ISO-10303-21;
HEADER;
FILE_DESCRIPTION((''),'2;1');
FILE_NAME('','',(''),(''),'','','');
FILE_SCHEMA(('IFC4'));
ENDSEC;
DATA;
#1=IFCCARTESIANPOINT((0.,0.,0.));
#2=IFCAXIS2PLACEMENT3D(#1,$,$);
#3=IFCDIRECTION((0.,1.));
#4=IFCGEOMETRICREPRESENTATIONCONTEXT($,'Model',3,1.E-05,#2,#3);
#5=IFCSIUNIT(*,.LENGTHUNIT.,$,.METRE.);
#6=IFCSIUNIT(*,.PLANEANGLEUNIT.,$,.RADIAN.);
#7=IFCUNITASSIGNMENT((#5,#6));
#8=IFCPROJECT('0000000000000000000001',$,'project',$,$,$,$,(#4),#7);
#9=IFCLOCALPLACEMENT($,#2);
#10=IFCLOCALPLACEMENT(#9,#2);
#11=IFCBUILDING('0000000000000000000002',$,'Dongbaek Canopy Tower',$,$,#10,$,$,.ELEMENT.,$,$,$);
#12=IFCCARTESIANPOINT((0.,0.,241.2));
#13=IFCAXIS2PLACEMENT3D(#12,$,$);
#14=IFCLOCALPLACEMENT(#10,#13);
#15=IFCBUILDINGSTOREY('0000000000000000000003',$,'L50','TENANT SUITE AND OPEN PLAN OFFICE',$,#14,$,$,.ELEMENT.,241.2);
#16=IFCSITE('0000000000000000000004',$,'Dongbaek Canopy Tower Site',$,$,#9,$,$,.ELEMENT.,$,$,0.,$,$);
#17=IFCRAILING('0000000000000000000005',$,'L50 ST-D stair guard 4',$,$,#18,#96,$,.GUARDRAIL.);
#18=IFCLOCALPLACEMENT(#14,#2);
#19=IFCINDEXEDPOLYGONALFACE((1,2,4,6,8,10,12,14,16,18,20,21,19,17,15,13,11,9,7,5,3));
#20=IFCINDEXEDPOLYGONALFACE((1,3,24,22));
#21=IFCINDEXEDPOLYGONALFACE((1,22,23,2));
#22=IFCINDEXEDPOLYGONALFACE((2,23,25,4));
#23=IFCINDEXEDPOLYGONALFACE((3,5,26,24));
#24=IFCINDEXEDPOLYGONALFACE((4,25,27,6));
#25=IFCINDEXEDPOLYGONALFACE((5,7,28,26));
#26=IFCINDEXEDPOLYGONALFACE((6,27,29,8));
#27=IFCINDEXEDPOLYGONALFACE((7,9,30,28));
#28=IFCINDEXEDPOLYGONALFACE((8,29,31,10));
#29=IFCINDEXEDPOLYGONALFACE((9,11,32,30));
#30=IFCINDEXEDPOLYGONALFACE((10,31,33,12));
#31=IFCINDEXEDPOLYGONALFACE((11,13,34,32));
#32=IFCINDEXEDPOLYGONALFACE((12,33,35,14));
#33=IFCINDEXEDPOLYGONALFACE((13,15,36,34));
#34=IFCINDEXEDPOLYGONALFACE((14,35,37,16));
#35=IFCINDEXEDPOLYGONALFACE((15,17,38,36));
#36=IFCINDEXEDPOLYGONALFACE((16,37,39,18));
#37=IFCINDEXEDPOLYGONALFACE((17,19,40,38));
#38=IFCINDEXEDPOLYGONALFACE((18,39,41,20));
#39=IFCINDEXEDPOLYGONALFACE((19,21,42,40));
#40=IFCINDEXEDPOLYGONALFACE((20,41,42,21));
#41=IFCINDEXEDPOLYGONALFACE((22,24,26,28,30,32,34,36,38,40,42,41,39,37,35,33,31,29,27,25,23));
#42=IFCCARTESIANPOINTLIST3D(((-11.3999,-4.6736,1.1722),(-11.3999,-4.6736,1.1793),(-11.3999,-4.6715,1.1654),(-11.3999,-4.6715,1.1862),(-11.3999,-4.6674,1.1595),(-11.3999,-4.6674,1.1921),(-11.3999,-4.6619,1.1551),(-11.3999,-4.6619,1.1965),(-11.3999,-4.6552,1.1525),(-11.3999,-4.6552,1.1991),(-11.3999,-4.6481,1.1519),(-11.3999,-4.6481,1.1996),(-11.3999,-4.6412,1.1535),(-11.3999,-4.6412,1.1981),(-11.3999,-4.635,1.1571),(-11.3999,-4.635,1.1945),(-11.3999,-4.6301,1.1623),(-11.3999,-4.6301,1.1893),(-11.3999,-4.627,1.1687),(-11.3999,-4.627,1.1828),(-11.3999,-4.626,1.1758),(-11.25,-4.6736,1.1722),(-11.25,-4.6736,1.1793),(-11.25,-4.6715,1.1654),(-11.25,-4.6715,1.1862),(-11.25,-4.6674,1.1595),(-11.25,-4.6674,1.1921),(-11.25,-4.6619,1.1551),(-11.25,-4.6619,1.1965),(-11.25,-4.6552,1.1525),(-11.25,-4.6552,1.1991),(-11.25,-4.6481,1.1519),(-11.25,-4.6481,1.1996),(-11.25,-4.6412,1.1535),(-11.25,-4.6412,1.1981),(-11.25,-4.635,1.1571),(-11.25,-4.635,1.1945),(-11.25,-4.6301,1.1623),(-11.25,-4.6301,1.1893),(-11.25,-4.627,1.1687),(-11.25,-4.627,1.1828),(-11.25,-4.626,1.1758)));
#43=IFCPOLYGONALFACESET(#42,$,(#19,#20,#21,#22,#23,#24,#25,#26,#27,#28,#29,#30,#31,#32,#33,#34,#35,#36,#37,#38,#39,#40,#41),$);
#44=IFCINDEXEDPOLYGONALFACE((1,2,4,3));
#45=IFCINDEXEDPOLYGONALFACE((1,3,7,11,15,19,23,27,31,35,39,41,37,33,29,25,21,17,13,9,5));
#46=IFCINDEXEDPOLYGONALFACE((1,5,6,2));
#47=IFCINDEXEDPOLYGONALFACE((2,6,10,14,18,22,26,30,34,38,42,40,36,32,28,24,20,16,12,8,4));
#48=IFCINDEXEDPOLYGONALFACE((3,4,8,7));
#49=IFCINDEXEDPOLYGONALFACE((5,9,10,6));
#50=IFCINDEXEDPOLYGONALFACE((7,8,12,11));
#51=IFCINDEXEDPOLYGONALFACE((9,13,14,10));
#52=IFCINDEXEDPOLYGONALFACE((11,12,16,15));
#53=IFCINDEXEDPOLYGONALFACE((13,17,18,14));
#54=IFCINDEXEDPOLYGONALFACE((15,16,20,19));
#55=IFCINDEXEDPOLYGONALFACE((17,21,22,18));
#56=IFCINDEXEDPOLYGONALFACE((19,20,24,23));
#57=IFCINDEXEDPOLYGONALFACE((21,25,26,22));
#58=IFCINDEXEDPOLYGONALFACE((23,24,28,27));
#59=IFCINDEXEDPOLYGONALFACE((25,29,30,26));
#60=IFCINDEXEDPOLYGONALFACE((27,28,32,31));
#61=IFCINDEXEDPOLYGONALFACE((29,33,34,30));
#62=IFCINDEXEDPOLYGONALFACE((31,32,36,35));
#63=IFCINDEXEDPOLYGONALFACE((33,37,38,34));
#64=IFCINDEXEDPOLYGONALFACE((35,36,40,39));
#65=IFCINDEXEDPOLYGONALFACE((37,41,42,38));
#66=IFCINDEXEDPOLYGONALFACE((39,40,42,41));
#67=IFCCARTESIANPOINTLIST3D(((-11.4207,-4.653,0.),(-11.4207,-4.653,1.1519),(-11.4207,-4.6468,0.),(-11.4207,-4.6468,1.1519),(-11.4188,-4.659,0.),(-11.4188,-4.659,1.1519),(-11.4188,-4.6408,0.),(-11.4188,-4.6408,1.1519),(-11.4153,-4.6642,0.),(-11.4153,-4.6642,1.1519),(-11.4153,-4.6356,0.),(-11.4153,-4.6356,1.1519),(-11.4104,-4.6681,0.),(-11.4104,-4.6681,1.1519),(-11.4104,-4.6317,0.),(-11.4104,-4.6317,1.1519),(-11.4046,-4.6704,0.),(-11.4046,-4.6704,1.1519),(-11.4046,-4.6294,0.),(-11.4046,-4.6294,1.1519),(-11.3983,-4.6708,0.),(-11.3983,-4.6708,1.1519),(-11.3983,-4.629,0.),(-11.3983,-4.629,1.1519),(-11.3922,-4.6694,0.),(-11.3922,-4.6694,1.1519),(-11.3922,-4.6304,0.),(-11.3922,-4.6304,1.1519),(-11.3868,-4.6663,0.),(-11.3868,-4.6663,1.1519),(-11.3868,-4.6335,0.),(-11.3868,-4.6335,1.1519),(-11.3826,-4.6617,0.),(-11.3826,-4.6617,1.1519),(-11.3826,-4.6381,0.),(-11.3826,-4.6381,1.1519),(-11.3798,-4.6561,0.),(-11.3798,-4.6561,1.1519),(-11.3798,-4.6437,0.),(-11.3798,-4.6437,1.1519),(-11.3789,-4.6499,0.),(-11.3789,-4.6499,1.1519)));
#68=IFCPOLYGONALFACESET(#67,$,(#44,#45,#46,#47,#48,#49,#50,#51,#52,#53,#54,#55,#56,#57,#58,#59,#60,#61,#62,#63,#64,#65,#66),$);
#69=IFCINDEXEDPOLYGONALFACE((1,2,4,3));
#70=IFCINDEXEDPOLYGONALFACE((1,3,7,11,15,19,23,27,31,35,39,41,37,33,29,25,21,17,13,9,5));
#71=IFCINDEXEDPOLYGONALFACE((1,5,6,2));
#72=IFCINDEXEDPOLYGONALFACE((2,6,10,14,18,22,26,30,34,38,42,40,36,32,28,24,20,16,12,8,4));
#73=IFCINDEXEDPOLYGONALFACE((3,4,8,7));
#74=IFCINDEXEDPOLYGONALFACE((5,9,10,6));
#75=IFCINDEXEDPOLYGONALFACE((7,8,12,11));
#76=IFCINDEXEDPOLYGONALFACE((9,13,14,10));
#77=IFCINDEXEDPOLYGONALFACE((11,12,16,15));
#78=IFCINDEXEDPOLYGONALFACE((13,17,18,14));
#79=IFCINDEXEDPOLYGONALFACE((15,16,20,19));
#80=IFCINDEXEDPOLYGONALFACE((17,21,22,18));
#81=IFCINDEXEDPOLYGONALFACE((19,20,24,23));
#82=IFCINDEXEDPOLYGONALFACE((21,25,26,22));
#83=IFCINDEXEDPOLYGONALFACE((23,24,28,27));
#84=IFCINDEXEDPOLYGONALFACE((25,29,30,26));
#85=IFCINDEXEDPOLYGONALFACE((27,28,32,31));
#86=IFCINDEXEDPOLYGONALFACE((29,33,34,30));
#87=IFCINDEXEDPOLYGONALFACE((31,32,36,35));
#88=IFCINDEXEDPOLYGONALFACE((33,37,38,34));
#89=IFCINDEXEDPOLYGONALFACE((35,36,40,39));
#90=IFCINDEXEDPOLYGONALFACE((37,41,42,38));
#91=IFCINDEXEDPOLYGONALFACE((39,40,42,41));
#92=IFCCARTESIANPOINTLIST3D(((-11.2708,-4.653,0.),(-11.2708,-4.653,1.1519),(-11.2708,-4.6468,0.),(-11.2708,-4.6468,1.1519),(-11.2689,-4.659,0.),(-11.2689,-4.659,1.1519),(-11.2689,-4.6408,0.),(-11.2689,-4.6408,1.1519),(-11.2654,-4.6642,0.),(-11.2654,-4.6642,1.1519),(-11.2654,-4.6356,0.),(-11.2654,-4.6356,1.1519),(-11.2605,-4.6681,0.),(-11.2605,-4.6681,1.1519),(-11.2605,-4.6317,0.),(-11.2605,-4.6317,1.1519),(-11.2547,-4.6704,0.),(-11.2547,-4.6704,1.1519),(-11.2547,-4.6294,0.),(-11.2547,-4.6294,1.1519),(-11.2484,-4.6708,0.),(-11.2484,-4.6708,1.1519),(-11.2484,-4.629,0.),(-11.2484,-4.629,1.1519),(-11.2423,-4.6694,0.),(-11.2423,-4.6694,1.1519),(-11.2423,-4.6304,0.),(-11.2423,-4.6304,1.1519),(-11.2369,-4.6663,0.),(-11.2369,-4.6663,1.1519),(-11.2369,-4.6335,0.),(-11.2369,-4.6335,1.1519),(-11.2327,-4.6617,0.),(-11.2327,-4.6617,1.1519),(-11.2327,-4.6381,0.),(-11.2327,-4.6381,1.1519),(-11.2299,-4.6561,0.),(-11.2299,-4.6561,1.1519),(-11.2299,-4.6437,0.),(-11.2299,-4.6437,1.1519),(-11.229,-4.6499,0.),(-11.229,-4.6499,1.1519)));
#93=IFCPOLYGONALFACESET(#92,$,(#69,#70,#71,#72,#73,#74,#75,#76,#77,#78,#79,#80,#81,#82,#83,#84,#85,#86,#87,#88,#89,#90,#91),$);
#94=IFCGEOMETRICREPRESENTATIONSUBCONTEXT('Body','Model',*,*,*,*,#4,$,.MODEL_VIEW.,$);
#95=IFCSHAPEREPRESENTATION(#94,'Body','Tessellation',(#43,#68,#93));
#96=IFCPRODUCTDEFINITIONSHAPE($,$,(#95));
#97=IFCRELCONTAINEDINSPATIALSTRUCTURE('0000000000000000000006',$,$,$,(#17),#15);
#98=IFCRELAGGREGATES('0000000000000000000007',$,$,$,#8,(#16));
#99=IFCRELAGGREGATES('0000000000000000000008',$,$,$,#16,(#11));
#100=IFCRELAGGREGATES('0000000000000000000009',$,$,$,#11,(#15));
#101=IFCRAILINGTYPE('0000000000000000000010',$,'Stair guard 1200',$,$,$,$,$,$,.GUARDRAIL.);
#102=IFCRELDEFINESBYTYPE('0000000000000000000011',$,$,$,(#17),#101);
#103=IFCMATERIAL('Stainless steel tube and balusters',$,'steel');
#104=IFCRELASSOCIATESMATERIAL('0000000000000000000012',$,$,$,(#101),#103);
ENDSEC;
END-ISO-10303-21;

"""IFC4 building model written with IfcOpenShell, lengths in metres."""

from ifc_helpers import new_model, si_unit, direction, frame, origin, origin_2d, place, context, subcontext, project, spatial, circle, extrude, material, type_object, element, save


model = new_model("IFC4")

# Units and contexts
model_context = context("Model", 3, precision=1e-05, world=origin(), true_north=direction((0.0, 1.0)))
body_context = subcontext(model_context, "Body", "Model", "MODEL_VIEW")
ifc_project = project(units=[si_unit("LENGTHUNIT", "METRE"), si_unit("PLANEANGLEUNIT", "RADIAN")], contexts=[model_context])

# Site, building, storey
site_placement = place(None, origin())
site = spatial("IfcSite", under=ifc_project, at=site_placement, Name="Dongbaek Canopy Tower Site", CompositionType="ELEMENT", RefElevation=0.0)
building_placement = place(site_placement, origin())
building = spatial("IfcBuilding", under=site, at=building_placement, Name="Dongbaek Canopy Tower", CompositionType="ELEMENT")
storey_placement = place(building_placement, frame((0.0, 0.0, 241.2)))
storey = spatial("IfcBuildingStorey", under=building, at=storey_placement, Name="L50", Description="TENANT SUITE AND OPEN PLAN OFFICE", CompositionType="ELEMENT", Elevation=241.2)

# Railing
ifc_material_1 = material(Name="Stainless steel tube and balusters", Category="steel")
railing_type_1 = type_object("IfcRailingType", Name="Stair guard 1200", PredefinedType="GUARDRAIL", material=ifc_material_1)
railing_1_placement = place(storey_placement, frame((-11.3999, -4.6499, 0.0)))
element("IfcRailing", 1, at=railing_1_placement, inside=storey, type_object=railing_type_1, Name="L50 ST-D stair guard 4", PredefinedType="GUARDRAIL", context=body_context, shape_type="SweptSolid", body=[
    extrude(circle(Radius=0.0239, at=origin_2d()), frame((0.0, 0.0, 1.1758), z_axis=(1.0, 0.0, 0.0), x_axis=(0.0, 1.0, 0.0)), (0.0, 0.0, 1.0), 0.1499),
    extrude(circle(Radius=0.021, at=origin_2d()), origin(), (0.0, 0.0, 1.0), 1.1519),
    extrude(circle(Radius=0.021, at=origin_2d()), frame((0.1499, 0.0, 0.0)), (0.0, 0.0, 1.0), 1.1519),
])

save(model, "model.ifc")
